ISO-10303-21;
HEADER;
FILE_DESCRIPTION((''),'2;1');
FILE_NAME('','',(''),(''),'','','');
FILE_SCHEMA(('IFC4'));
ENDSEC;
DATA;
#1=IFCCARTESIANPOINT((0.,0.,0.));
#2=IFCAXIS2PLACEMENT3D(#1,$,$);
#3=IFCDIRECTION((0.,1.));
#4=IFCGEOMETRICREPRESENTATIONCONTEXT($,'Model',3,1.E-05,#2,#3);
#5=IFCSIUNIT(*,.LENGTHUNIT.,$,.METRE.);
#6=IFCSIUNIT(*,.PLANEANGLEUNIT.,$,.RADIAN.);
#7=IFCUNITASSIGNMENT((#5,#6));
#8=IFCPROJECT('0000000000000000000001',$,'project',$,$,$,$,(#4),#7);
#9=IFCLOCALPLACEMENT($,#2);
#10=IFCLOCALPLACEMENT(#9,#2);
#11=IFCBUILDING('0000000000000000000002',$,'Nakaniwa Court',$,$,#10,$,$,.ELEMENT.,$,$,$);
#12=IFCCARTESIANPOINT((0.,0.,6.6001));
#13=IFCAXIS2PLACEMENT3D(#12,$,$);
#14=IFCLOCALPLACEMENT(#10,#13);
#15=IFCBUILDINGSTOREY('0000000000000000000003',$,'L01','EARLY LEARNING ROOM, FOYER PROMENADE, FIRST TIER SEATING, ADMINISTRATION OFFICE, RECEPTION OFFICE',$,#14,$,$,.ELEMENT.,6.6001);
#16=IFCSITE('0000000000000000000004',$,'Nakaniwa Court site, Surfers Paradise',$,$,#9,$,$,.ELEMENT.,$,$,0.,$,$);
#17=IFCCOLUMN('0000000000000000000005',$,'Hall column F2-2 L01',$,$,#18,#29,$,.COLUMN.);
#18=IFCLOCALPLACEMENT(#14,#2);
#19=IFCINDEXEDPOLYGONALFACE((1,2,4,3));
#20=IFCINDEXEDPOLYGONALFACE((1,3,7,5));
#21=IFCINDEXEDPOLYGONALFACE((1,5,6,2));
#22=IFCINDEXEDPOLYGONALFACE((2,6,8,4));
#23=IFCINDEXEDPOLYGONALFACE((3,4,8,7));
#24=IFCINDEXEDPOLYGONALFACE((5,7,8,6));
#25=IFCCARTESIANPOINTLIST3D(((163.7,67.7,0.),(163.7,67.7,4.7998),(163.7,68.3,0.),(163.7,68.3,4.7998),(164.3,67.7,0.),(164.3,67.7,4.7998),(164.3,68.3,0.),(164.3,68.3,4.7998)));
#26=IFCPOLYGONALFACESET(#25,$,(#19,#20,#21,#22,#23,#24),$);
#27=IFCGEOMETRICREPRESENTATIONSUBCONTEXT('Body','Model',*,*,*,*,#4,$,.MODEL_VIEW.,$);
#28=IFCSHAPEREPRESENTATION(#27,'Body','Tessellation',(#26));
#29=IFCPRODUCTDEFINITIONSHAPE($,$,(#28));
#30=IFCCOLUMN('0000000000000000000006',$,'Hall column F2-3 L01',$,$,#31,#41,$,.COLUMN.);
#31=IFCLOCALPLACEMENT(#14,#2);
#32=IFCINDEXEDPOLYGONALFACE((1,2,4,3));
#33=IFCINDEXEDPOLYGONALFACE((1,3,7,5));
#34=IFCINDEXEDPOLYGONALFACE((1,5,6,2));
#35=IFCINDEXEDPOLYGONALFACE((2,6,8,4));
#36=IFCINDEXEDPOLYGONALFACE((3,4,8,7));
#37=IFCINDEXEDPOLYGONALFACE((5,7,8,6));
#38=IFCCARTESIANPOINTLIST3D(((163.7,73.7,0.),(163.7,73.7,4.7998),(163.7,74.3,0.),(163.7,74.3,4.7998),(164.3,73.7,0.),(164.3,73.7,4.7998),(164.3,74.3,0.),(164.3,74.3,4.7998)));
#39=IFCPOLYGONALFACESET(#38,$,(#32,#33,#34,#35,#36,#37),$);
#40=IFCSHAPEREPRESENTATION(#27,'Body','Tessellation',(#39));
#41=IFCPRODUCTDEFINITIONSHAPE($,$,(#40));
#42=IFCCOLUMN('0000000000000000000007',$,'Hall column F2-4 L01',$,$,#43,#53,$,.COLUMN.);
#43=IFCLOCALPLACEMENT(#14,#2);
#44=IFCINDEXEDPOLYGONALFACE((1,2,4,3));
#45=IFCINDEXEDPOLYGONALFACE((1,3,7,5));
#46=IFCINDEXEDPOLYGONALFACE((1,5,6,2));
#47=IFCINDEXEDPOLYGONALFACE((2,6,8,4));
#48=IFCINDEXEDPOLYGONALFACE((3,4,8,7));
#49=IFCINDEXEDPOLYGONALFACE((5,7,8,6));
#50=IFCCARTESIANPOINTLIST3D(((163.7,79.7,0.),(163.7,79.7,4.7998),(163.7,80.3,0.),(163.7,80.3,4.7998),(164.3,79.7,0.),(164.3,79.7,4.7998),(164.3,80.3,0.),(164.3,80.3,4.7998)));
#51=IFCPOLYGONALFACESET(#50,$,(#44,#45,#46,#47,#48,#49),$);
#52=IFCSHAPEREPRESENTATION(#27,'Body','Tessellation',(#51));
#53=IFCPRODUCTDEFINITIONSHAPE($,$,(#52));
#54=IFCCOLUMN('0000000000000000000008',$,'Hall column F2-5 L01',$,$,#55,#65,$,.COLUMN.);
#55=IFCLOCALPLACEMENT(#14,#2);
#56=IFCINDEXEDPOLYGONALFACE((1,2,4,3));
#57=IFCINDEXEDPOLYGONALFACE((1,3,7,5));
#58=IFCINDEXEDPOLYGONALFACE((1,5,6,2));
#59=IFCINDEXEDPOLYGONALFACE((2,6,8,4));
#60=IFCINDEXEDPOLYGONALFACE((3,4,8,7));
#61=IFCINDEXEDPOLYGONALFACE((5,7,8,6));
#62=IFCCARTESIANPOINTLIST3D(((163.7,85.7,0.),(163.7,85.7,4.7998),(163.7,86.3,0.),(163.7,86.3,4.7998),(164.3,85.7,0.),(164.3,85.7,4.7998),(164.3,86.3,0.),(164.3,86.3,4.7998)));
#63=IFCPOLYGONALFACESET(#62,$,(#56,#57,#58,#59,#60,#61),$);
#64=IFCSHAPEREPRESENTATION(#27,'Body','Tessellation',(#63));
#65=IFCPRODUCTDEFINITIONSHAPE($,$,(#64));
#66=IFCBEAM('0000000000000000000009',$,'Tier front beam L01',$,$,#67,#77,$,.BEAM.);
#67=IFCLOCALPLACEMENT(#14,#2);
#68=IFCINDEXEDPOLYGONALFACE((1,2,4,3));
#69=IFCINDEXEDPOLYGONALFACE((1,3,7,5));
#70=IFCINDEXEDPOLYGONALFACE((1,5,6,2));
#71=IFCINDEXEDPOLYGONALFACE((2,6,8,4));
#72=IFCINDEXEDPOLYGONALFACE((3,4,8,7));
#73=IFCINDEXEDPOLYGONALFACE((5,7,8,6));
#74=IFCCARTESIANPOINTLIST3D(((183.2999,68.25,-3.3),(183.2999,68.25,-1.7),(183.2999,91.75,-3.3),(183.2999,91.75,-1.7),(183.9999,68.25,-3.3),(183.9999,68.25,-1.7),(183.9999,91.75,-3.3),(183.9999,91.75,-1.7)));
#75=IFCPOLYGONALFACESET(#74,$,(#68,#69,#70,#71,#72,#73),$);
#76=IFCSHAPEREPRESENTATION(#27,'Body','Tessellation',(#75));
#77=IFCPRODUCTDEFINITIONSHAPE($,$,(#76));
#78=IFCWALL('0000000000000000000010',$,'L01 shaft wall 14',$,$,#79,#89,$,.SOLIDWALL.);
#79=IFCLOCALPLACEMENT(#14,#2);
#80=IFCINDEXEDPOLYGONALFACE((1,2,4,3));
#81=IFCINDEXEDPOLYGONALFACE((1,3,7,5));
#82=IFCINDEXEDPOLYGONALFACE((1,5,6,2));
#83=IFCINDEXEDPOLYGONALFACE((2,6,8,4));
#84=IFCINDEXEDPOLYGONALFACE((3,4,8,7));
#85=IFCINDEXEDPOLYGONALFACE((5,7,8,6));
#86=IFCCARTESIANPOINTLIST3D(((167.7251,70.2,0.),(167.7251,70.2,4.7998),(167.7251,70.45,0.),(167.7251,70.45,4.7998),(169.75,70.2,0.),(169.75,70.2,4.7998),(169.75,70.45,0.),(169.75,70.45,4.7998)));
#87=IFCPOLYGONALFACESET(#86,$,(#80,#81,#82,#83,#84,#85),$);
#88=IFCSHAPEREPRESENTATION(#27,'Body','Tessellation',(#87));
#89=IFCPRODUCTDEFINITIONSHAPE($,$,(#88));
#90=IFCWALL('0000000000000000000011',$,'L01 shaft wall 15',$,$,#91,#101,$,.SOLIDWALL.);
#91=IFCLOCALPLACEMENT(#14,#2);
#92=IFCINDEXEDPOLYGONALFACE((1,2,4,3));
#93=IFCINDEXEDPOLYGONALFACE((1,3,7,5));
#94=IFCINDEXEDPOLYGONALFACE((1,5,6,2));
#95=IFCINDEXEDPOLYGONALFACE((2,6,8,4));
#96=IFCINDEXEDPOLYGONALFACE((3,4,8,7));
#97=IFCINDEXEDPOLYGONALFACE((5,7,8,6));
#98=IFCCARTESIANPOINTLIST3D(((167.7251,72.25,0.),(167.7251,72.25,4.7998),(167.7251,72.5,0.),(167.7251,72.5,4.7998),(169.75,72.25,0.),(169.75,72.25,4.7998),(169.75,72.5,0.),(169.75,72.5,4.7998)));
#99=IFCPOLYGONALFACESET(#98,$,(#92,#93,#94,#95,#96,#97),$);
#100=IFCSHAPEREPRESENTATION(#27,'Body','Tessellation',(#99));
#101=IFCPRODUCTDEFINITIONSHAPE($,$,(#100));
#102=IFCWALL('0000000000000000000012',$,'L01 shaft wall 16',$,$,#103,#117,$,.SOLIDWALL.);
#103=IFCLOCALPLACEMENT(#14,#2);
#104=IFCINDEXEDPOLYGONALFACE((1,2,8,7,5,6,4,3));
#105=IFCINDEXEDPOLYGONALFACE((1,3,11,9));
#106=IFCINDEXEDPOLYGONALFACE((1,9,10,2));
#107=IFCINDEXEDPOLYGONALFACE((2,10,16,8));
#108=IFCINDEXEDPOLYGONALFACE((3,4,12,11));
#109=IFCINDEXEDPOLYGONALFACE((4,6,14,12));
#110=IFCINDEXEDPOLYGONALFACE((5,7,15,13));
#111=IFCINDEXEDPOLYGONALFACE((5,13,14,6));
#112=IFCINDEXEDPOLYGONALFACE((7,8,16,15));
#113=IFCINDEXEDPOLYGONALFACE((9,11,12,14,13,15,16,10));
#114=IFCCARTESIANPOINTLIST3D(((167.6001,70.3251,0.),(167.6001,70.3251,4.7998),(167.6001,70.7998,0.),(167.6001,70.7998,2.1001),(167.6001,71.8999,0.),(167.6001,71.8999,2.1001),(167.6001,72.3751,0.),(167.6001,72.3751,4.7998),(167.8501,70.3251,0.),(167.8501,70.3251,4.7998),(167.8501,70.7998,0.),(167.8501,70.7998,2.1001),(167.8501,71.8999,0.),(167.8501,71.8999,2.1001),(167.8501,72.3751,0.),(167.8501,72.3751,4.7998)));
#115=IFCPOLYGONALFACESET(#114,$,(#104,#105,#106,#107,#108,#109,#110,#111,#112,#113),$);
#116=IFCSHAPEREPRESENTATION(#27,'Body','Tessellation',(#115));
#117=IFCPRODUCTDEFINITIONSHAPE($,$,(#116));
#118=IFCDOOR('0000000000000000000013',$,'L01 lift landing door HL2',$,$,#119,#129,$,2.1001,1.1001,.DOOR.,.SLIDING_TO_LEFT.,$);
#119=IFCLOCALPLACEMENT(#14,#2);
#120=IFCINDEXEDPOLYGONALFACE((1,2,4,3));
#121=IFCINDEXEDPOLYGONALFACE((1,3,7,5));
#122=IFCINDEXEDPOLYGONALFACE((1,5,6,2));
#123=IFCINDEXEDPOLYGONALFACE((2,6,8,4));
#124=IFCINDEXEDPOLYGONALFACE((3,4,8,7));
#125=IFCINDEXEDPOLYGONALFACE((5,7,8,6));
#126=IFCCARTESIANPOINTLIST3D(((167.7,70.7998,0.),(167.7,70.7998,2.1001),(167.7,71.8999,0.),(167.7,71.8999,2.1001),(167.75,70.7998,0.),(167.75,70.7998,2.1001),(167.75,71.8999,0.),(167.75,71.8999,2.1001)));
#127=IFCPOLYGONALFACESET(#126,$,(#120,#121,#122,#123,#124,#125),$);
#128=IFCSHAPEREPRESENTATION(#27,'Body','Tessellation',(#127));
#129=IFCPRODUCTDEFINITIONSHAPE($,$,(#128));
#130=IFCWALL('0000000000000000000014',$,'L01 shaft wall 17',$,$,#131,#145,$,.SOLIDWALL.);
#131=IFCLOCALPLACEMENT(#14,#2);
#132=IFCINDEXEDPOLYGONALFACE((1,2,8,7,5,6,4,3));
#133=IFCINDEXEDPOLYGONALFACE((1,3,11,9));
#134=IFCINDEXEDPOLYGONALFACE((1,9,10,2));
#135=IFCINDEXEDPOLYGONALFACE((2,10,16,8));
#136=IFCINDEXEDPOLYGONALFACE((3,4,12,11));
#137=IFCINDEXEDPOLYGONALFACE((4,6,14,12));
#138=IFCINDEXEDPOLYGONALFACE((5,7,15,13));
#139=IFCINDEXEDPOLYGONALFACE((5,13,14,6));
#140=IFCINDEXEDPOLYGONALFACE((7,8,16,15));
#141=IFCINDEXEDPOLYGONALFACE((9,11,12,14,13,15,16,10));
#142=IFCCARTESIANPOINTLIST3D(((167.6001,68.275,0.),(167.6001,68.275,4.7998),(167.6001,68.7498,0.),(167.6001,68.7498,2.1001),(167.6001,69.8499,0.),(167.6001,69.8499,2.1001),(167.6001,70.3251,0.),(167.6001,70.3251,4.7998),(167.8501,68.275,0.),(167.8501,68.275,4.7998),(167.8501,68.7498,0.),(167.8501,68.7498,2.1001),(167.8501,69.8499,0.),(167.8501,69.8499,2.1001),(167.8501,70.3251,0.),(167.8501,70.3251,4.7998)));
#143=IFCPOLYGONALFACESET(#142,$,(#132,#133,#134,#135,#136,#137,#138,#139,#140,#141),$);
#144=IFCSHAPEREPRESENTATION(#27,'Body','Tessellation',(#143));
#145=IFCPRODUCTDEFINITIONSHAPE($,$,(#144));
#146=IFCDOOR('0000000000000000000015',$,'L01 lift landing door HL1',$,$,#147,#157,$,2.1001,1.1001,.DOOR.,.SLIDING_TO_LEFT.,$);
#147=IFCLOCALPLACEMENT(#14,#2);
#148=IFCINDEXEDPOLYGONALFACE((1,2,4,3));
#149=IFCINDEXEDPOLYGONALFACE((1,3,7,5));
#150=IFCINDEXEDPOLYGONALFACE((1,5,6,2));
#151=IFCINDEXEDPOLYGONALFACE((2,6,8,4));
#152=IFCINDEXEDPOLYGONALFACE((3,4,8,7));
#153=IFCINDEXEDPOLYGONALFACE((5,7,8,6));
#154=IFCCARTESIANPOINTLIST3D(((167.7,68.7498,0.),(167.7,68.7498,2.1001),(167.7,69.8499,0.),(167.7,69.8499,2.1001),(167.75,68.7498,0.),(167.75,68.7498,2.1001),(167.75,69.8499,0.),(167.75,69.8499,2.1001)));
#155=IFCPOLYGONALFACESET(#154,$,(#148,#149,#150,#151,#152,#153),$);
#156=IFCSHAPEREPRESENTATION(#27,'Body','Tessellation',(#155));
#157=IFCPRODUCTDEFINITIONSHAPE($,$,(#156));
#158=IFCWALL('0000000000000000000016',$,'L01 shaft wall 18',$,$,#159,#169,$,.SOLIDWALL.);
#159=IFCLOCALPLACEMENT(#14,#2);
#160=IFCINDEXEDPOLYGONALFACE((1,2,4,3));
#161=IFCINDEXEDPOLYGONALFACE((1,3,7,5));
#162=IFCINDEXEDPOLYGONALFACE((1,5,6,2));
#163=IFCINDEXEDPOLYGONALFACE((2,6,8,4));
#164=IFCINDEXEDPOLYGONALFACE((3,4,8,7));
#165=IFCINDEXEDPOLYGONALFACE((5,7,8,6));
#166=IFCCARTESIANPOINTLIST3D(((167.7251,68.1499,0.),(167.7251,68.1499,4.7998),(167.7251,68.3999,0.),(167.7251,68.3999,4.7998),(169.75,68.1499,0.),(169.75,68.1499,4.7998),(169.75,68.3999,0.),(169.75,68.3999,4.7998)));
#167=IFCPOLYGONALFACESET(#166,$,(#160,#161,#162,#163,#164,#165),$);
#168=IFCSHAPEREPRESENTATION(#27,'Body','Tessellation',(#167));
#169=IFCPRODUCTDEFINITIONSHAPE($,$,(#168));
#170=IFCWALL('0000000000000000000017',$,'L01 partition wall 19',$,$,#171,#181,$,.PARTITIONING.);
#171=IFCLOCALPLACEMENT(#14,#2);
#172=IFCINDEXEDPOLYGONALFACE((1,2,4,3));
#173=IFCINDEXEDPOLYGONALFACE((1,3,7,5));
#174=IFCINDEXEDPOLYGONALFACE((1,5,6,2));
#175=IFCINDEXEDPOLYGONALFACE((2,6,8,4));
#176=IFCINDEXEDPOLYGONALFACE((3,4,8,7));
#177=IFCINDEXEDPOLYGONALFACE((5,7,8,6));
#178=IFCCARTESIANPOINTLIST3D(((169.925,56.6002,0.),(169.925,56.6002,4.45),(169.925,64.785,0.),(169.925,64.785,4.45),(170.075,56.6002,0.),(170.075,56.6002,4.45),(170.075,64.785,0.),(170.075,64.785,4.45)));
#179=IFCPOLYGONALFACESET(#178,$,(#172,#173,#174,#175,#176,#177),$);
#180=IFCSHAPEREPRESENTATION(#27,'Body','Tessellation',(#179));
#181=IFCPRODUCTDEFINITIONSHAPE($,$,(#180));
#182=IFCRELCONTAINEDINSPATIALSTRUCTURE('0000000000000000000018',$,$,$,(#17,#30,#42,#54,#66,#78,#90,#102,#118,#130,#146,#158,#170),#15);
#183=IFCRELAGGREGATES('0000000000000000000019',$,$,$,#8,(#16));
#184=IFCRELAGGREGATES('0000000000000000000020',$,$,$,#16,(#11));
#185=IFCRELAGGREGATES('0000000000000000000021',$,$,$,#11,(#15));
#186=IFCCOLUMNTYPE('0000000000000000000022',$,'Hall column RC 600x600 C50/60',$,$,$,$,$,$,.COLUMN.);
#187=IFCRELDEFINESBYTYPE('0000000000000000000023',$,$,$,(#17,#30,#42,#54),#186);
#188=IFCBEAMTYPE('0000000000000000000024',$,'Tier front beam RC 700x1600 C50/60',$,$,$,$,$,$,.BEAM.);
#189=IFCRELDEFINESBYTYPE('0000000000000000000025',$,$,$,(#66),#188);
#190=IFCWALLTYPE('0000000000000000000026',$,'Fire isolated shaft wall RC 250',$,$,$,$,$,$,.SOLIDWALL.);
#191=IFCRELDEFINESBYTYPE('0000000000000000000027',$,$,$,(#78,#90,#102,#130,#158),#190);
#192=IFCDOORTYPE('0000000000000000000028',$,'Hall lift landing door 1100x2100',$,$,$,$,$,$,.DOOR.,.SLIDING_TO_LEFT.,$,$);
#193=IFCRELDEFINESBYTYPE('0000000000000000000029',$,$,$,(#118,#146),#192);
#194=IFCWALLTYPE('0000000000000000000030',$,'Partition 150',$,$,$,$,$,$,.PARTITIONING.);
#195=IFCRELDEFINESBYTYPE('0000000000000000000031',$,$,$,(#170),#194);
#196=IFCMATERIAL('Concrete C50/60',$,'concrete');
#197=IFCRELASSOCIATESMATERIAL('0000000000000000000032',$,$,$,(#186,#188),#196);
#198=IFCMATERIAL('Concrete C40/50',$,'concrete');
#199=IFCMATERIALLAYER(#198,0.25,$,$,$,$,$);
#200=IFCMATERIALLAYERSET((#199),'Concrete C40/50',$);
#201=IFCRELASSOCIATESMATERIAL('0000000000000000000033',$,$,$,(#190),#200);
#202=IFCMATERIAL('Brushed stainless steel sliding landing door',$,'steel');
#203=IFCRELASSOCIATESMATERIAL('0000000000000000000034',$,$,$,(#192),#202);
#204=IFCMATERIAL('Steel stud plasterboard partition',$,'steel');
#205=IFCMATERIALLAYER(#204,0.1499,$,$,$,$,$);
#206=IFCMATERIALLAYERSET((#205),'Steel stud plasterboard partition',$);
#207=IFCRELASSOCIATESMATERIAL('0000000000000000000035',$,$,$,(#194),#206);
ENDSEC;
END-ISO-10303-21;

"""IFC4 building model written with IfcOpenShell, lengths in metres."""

from ifc_helpers import new_model, si_unit, direction, frame, frame_2d, origin, origin_2d, place, context, subcontext, project, spatial, rectangle, extrude, material, layer, layer_set, material_profile, profile_set, type_object, element, fill, save


model = new_model("IFC4")

# Units and contexts
model_context = context("Model", 3, precision=1e-05, world=origin(), true_north=direction((0.0, 1.0)))
body_context = subcontext(model_context, "Body", "Model", "MODEL_VIEW")
ifc_project = project(units=[si_unit("LENGTHUNIT", "METRE"), si_unit("PLANEANGLEUNIT", "RADIAN")], contexts=[model_context])

# Site, building, storey
site_placement = place(None, origin())
site = spatial("IfcSite", under=ifc_project, at=site_placement, Name="Nakaniwa Court site, Surfers Paradise", CompositionType="ELEMENT", RefElevation=0.0)
building_placement = place(site_placement, origin())
building = spatial("IfcBuilding", under=site, at=building_placement, Name="Nakaniwa Court", CompositionType="ELEMENT")
storey_placement = place(building_placement, frame((0.0, 0.0, 6.6001)))
storey = spatial("IfcBuildingStorey", under=building, at=storey_placement, Name="L01", Description="EARLY LEARNING ROOM, FOYER PROMENADE, FIRST TIER SEATING, ADMINISTRATION OFFICE, RECEPTION OFFICE", CompositionType="ELEMENT", Elevation=6.6001)

# Columns
ifc_material_1 = material(Name="Concrete C50/60", Category="concrete")
ifc_material_profile_1 = material_profile(ifc_material_1, rectangle(XDim=0.6001, YDim=0.6001, at=origin_2d()), Name="RC 600x600")
ifc_profile_set_1 = profile_set([ifc_material_profile_1], Name="Concrete C50/60")
column_type = type_object("IfcColumnType", Name="Hall column RC 600x600 C50/60", PredefinedType="COLUMN", material=ifc_profile_set_1)
for number, where, z_axis, x_axis, name in (
    (1, (164.0, 68.0, 0.0), (0.0, 0.0, 1.0), (1.0, 0.0, 0.0), "Hall column F2-2 L01"),
    (2, (164.0, 74.0, 0.0), (0.0, 0.0, 1.0), (1.0, 0.0, 0.0), "Hall column F2-3 L01"),
    (3, (164.0, 80.0, 0.0), (0.0, 0.0, 1.0), (1.0, 0.0, 0.0), "Hall column F2-4 L01"),
    (4, (164.0, 86.0, 0.0), (0.0, 0.0, 1.0), (1.0, 0.0, 0.0), "Hall column F2-5 L01"),
):
    element("IfcColumn", number, at=place(storey_placement, frame(where, z_axis=z_axis, x_axis=x_axis)), inside=storey, type_object=column_type, Name=name, PredefinedType="COLUMN", context=body_context, shape_type="SweptSolid", body=[
        extrude(rectangle(XDim=0.6001, YDim=0.6001, at=origin_2d()), origin(), (0.0, 0.0, 1.0), 4.7998),
    ])

# Beam
ifc_material_profile_2 = material_profile(ifc_material_1, rectangle(XDim=0.7, YDim=1.6001, at=origin_2d()), Name="RC 700x1600")
ifc_profile_set_2 = profile_set([ifc_material_profile_2], Name="Concrete C50/60")
beam_type = type_object("IfcBeamType", Name="Tier front beam RC 700x1600 C50/60", PredefinedType="BEAM", material=ifc_profile_set_2)
beam_placement = place(storey_placement, frame((183.6499, 68.25, -2.5), z_axis=(0.0, 1.0, 0.0), x_axis=(-1.0, 0.0, 0.0)))
element("IfcBeam", 5, at=beam_placement, inside=storey, type_object=beam_type, Name="Tier front beam L01", PredefinedType="BEAM", context=body_context, shape_type="SweptSolid", body=[
    extrude(rectangle(XDim=0.7, YDim=1.6001, at=origin_2d()), origin(), (0.0, 0.0, 1.0), 23.5),
])

# Walls
ifc_material_2 = material(Name="Concrete C40/50", Category="concrete")
ifc_layer_1 = layer(ifc_material_2, 0.25)
ifc_layer_set_1 = layer_set([ifc_layer_1], Name="Concrete C40/50")
wall_type_1 = type_object("IfcWallType", Name="Fire isolated shaft wall RC 250", PredefinedType="SOLIDWALL", material=ifc_layer_set_1)
for number, where, z_axis, x_axis, name in (
    (6, (167.7251, 70.325, 0.0), (0.0, 0.0, 1.0), (1.0, 0.0, 0.0), "L01 shaft wall 14"),
    (7, (169.75, 72.375, 0.0), (0.0, 0.0, 1.0), (-1.0, 0.0, 0.0), "L01 shaft wall 15"),
):
    element("IfcWall", number, at=place(storey_placement, frame(where, z_axis=z_axis, x_axis=x_axis)), inside=storey, type_object=wall_type_1, Name=name, PredefinedType="SOLIDWALL", context=body_context, shape_type="SweptSolid", body=[
        extrude(rectangle(XDim=2.0249, YDim=0.25, at=frame_2d((1.0125, 0.0))), origin(), (0.0, 0.0, 1.0), 4.7998),
    ])

# Walls, openings, doors
wall_1_placement = place(storey_placement, frame((167.7251, 72.375, 0.0), z_axis=(0.0, 0.0, 1.0), x_axis=(0.0, -1.0, 0.0)))
wall_1 = element("IfcWall", 8, at=wall_1_placement, inside=storey, type_object=wall_type_1, Name="L01 shaft wall 16", PredefinedType="SOLIDWALL", context=body_context, shape_type="SweptSolid", body=[
    extrude(rectangle(XDim=2.05, YDim=0.25, at=frame_2d((1.0249, 0.0))), origin(), (0.0, 0.0, 1.0), 4.7998),
])
opening_1_placement = place(wall_1_placement, frame((0.4751, 0.0, 0.0)))
opening_1 = element("IfcOpeningElement", 9, at=opening_1_placement, cuts=wall_1, PredefinedType="OPENING", context=body_context, shape_type="SweptSolid", body=[
    extrude(rectangle(XDim=1.1001, YDim=2.1001, at=frame_2d((0.55, 1.05))), frame((0.0, 0.135, 0.0), z_axis=(0.0, -1.0, 0.0), x_axis=(1.0, 0.0, 0.0)), (0.0, 0.0, 1.0), 0.27),
])
ifc_material_3 = material(Name="Brushed stainless steel sliding landing door", Category="steel")
door_type_1 = type_object("IfcDoorType", Name="Hall lift landing door 1100x2100", OperationType="SLIDING_TO_LEFT", PredefinedType="DOOR", material=ifc_material_3)
door_1_placement = place(opening_1_placement, origin())
door_1 = element("IfcDoor", 10, at=door_1_placement, inside=storey, type_object=door_type_1, Name="L01 lift landing door HL2", OperationType="SLIDING_TO_LEFT", OverallHeight=2.1001, OverallWidth=1.1001, PredefinedType="DOOR", context=body_context, shape_type="SweptSolid", body=[
    extrude(rectangle(XDim=1.1001, YDim=2.1001, at=frame_2d((0.55, 1.05))), frame((0.0, 0.0249, 0.0), z_axis=(0.0, -1.0, 0.0), x_axis=(1.0, 0.0, 0.0)), (0.0, 0.0, 1.0), 0.05),
])
fill(opening_1, door_1)
wall_2_placement = place(storey_placement, frame((167.7251, 70.325, 0.0), z_axis=(0.0, 0.0, 1.0), x_axis=(0.0, -1.0, 0.0)))
wall_2 = element("IfcWall", 11, at=wall_2_placement, inside=storey, type_object=wall_type_1, Name="L01 shaft wall 17", PredefinedType="SOLIDWALL", context=body_context, shape_type="SweptSolid", body=[
    extrude(rectangle(XDim=2.05, YDim=0.25, at=frame_2d((1.0249, 0.0))), origin(), (0.0, 0.0, 1.0), 4.7998),
])
opening_2_placement = place(wall_2_placement, frame((0.4751, 0.0, 0.0)))
opening_2 = element("IfcOpeningElement", 12, at=opening_2_placement, cuts=wall_2, PredefinedType="OPENING", context=body_context, shape_type="SweptSolid", body=[
    extrude(rectangle(XDim=1.1001, YDim=2.1001, at=frame_2d((0.55, 1.05))), frame((0.0, 0.135, 0.0), z_axis=(0.0, -1.0, 0.0), x_axis=(1.0, 0.0, 0.0)), (0.0, 0.0, 1.0), 0.27),
])
door_2_placement = place(opening_2_placement, origin())
door_2 = element("IfcDoor", 13, at=door_2_placement, inside=storey, type_object=door_type_1, Name="L01 lift landing door HL1", OperationType="SLIDING_TO_LEFT", OverallHeight=2.1001, OverallWidth=1.1001, PredefinedType="DOOR", context=body_context, shape_type="SweptSolid", body=[
    extrude(rectangle(XDim=1.1001, YDim=2.1001, at=frame_2d((0.55, 1.05))), frame((0.0, 0.0249, 0.0), z_axis=(0.0, -1.0, 0.0), x_axis=(1.0, 0.0, 0.0)), (0.0, 0.0, 1.0), 0.05),
])
fill(opening_2, door_2)

# Walls
wall_3_placement = place(storey_placement, frame((167.7251, 68.2749, 0.0), z_axis=(0.0, 0.0, 1.0), x_axis=(1.0, 0.0, 0.0)))
element("IfcWall", 14, at=wall_3_placement, inside=storey, type_object=wall_type_1, Name="L01 shaft wall 18", PredefinedType="SOLIDWALL", context=body_context, shape_type="SweptSolid", body=[
    extrude(rectangle(XDim=2.0249, YDim=0.25, at=frame_2d((1.0125, 0.0))), origin(), (0.0, 0.0, 1.0), 4.7998),
])
ifc_material_4 = material(Name="Steel stud plasterboard partition", Category="steel")
ifc_layer_2 = layer(ifc_material_4, 0.1499)
ifc_layer_set_2 = layer_set([ifc_layer_2], Name="Steel stud plasterboard partition")
wall_type_2 = type_object("IfcWallType", Name="Partition 150", PredefinedType="PARTITIONING", material=ifc_layer_set_2)
wall_4_placement = place(storey_placement, frame((170.0, 64.7849, 0.0), z_axis=(0.0, 0.0, 1.0), x_axis=(0.0, -1.0, 0.0)))
element("IfcWall", 15, at=wall_4_placement, inside=storey, type_object=wall_type_2, Name="L01 partition wall 19", PredefinedType="PARTITIONING", context=body_context, shape_type="SweptSolid", body=[
    extrude(rectangle(XDim=8.1848, YDim=0.1499, at=frame_2d((4.0923, 0.0))), origin(), (0.0, 0.0, 1.0), 4.45),
])

save(model, "model.ifc")
